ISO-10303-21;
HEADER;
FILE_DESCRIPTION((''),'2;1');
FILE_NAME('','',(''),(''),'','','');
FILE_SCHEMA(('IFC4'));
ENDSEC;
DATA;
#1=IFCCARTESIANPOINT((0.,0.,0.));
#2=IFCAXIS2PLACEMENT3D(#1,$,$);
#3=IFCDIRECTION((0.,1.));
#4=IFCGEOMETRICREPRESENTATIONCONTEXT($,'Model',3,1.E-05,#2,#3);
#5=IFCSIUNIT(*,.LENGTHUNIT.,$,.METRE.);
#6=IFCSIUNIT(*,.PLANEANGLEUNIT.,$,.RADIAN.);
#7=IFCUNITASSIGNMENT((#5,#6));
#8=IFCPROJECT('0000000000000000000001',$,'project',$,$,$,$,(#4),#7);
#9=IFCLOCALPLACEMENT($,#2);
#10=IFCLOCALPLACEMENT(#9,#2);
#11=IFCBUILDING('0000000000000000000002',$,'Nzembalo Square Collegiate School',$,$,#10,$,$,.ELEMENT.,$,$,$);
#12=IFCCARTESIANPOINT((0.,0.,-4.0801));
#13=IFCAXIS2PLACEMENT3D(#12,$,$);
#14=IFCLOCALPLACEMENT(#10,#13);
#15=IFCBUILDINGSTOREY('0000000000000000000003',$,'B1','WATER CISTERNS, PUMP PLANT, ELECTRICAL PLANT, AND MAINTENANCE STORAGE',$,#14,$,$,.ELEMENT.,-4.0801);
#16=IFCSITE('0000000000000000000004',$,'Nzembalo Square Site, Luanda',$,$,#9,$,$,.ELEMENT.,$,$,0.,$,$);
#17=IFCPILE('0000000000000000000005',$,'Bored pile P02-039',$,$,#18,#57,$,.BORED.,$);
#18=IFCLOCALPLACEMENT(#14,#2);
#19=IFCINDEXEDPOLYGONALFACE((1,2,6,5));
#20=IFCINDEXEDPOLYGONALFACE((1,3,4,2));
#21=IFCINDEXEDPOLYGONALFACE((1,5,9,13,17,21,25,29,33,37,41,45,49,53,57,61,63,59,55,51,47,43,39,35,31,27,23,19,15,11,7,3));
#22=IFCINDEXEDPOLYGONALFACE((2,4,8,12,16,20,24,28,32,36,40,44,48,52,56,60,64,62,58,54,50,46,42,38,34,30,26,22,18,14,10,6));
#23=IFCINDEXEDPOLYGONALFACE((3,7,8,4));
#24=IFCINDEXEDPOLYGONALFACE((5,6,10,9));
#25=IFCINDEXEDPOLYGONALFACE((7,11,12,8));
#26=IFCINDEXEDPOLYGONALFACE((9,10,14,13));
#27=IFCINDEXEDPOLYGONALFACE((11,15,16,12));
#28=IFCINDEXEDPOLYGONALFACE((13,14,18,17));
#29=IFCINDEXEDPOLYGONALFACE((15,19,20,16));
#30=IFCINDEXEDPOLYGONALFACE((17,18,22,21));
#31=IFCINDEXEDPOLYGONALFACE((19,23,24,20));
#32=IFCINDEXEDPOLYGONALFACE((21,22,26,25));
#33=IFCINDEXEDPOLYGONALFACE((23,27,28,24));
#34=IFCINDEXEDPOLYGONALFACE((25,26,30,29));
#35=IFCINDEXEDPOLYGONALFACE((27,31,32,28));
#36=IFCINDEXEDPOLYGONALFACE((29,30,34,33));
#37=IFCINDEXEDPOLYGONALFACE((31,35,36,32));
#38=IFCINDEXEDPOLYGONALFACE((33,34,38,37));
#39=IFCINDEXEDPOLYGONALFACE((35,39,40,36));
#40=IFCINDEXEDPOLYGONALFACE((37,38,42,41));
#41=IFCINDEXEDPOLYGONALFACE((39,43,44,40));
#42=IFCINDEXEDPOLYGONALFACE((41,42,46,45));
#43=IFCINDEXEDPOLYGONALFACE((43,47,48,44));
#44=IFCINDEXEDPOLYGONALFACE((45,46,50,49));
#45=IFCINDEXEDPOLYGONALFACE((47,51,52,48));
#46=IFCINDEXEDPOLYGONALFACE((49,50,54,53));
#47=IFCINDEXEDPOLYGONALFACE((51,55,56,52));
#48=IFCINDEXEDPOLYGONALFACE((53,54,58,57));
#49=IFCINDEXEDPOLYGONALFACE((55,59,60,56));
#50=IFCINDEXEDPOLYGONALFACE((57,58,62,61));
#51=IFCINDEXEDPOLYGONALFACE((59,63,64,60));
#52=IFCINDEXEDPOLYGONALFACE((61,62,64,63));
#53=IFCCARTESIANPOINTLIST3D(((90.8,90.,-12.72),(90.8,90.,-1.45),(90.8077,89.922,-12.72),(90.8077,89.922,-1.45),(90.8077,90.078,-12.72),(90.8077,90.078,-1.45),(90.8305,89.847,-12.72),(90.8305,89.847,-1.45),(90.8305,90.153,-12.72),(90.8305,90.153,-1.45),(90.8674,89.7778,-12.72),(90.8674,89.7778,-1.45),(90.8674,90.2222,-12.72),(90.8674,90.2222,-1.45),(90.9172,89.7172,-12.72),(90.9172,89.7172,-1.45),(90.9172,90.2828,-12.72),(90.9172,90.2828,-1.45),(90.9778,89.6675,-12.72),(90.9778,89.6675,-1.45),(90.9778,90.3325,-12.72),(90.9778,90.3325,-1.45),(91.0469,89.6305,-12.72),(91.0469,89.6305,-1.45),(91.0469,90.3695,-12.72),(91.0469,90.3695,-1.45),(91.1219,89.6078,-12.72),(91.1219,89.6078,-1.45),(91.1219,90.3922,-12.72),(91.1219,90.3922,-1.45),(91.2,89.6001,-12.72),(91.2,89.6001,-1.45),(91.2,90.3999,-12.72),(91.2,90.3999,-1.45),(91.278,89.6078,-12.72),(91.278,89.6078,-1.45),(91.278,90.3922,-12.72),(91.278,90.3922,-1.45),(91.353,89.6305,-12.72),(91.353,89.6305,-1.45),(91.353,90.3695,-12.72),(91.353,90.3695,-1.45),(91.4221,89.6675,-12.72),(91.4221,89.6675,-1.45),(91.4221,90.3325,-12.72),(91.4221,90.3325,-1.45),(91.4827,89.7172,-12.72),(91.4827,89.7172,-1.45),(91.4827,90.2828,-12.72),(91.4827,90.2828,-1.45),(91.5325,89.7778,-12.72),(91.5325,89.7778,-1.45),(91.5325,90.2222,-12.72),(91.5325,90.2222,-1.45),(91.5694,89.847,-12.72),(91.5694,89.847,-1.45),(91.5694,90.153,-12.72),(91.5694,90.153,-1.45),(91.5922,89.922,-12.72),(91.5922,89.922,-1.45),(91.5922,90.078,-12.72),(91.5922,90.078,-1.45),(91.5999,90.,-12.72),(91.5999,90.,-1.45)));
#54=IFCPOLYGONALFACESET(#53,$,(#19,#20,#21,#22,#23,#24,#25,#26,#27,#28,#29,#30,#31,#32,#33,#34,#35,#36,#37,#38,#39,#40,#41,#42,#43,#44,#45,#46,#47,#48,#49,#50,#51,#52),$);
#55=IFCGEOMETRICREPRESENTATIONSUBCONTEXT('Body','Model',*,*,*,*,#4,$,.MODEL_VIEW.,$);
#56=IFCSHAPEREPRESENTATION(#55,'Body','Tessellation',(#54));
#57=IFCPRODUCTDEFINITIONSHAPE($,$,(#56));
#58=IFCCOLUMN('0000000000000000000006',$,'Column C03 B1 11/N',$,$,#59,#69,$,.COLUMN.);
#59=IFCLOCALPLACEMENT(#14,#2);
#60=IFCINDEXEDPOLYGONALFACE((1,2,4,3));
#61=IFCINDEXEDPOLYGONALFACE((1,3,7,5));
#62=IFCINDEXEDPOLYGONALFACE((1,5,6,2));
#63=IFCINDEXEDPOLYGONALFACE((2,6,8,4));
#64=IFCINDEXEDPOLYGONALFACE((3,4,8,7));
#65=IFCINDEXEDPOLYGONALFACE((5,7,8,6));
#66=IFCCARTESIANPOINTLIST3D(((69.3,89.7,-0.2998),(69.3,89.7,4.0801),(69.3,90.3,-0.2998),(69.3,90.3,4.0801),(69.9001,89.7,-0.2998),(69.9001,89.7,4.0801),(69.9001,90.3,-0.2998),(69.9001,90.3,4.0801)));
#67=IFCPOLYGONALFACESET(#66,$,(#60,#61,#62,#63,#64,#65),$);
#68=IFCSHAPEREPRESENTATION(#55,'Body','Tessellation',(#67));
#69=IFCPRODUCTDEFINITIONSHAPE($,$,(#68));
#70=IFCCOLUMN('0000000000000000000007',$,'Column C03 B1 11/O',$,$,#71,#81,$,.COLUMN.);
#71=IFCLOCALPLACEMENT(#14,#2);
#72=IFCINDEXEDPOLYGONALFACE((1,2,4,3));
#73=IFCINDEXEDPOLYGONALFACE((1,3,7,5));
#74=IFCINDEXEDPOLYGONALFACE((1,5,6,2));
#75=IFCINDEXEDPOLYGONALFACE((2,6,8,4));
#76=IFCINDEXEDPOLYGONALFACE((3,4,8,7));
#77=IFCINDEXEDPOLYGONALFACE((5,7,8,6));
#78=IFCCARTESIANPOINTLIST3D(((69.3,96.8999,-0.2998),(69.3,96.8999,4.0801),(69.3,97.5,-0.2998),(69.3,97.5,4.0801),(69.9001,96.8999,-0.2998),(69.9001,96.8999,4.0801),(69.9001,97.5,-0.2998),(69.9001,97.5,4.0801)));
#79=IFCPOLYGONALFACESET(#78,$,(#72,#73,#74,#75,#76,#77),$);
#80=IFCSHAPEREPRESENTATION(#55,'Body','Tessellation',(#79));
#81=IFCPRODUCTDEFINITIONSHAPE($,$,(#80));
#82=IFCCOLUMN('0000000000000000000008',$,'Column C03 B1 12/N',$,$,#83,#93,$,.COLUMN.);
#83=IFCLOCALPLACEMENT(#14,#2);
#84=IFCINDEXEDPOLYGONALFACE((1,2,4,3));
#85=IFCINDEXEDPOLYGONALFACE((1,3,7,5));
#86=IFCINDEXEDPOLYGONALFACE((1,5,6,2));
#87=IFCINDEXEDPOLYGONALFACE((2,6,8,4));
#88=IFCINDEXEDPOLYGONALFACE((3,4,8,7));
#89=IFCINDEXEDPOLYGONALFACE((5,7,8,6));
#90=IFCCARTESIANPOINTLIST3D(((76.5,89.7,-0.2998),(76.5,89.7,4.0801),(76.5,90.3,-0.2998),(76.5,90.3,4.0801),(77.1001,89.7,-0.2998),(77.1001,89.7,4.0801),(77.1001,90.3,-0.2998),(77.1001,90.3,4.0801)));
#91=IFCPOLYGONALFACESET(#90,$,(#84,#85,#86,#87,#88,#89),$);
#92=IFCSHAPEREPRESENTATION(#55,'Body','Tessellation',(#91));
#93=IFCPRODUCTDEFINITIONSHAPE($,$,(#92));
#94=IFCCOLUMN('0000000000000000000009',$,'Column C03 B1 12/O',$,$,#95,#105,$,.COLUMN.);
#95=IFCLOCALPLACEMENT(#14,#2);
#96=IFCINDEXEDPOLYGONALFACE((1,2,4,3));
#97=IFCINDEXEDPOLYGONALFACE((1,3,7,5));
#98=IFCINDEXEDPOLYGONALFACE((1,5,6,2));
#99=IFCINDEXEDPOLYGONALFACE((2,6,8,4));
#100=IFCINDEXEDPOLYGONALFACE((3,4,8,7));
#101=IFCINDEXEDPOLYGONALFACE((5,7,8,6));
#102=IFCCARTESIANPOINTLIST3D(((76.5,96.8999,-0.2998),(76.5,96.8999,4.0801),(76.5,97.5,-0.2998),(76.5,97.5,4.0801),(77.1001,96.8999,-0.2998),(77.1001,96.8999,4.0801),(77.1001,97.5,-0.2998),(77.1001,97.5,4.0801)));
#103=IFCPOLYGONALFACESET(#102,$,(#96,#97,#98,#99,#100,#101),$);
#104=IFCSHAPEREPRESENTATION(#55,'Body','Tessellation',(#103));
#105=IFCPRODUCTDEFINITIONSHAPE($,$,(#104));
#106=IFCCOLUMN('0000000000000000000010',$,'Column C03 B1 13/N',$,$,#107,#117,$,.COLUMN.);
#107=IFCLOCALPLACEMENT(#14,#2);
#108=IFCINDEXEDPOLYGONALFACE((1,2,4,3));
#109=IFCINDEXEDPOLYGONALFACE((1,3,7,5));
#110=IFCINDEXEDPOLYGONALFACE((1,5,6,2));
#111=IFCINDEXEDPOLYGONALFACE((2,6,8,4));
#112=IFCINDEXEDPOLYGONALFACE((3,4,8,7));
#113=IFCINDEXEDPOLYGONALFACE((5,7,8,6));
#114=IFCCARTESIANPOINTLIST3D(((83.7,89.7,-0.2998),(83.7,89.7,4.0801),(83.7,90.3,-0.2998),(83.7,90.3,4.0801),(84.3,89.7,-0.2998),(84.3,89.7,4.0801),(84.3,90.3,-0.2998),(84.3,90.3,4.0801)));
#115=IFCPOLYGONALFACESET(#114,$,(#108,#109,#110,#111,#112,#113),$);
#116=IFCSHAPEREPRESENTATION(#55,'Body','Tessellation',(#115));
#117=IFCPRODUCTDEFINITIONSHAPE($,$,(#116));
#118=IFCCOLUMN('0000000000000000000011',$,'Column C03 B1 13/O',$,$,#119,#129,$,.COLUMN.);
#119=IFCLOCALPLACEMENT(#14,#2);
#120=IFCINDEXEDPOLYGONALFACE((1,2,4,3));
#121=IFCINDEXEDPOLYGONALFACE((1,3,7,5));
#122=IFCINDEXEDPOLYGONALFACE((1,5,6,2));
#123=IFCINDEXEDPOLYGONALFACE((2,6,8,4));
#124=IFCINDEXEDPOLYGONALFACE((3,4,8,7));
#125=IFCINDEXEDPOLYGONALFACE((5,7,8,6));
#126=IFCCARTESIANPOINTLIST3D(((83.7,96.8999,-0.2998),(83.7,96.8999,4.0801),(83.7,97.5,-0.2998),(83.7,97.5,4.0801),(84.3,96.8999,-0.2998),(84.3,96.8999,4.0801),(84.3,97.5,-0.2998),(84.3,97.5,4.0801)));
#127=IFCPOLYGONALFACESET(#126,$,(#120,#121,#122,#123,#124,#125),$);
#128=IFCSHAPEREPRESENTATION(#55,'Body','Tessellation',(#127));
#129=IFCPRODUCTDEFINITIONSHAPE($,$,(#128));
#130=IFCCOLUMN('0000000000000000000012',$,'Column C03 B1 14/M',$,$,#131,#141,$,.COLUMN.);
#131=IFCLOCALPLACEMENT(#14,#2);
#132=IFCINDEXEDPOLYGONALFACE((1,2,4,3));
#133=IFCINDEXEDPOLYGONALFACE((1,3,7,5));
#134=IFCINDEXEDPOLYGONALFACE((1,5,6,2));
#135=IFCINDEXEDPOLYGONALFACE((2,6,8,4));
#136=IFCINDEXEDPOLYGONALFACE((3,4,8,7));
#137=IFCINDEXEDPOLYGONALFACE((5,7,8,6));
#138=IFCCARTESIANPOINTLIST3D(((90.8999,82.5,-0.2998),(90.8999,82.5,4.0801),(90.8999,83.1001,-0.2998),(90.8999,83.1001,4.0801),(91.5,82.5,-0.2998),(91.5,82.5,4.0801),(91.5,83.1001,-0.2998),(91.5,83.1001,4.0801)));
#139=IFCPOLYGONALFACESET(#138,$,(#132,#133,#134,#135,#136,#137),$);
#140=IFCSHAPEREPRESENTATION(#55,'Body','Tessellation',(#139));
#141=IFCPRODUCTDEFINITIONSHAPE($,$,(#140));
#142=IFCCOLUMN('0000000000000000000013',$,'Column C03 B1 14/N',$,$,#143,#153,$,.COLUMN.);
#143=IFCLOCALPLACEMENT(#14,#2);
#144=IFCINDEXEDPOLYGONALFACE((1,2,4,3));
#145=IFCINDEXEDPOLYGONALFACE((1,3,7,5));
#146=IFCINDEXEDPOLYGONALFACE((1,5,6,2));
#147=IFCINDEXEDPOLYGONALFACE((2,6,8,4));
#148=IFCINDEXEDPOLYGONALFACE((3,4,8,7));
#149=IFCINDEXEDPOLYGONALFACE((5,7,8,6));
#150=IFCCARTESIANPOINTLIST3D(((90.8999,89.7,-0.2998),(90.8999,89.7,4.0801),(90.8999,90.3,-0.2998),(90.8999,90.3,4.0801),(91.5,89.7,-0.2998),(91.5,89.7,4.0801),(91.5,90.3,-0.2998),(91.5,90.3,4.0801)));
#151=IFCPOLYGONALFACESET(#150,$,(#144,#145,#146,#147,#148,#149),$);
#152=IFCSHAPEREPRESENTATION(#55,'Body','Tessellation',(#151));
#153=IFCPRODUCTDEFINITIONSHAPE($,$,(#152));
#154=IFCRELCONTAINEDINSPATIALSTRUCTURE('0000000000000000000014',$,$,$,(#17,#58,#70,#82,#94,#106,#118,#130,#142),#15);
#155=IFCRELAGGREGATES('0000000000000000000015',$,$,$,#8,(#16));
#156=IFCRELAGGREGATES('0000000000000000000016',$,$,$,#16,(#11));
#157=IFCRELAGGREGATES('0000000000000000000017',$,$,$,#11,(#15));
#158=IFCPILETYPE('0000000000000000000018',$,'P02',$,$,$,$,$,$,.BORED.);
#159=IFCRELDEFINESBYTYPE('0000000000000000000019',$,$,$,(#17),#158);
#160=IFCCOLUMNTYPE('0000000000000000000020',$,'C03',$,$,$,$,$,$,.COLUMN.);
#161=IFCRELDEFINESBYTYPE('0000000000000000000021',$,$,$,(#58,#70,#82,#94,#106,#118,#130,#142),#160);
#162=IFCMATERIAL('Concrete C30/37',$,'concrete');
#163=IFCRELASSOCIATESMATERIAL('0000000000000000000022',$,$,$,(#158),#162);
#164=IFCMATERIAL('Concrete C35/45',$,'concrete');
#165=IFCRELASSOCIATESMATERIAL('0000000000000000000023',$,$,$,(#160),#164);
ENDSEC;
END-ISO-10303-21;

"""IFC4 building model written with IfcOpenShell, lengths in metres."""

from ifc_helpers import new_model, si_unit, direction, frame, origin, origin_2d, place, context, subcontext, project, spatial, rectangle, circle, extrude, material, material_profile, profile_set, type_object, element, save


model = new_model("IFC4")

# Units and contexts
model_context = context("Model", 3, precision=1e-05, world=origin(), true_north=direction((0.0, 1.0)))
body_context = subcontext(model_context, "Body", "Model", "MODEL_VIEW")
ifc_project = project(units=[si_unit("LENGTHUNIT", "METRE"), si_unit("PLANEANGLEUNIT", "RADIAN")], contexts=[model_context])

# Site, building, storey
site_placement = place(None, origin())
site = spatial("IfcSite", under=ifc_project, at=site_placement, Name="Nzembalo Square Site, Luanda", CompositionType="ELEMENT", RefElevation=0.0)
building_placement = place(site_placement, origin())
building = spatial("IfcBuilding", under=site, at=building_placement, Name="Nzembalo Square Collegiate School", CompositionType="ELEMENT")
storey_placement = place(building_placement, frame((0.0, 0.0, -4.0801)))
storey = spatial("IfcBuildingStorey", under=building, at=storey_placement, Name="B1", Description="WATER CISTERNS, PUMP PLANT, ELECTRICAL PLANT, AND MAINTENANCE STORAGE", CompositionType="ELEMENT", Elevation=-4.0801)

# Pile
ifc_material_1 = material(Name="Concrete C30/37", Category="concrete")
ifc_material_profile_1 = material_profile(ifc_material_1, circle(Radius=0.3999, at=origin_2d()), Name="PILE D800")
ifc_profile_set_1 = profile_set([ifc_material_profile_1], Name="Concrete C30/37")
pile_type_1 = type_object("IfcPileType", Name="P02", PredefinedType="BORED", material=ifc_profile_set_1)
for number, where, z_axis, x_axis, name in (
    (1, (91.2, 90.0, -1.45), (0.0, 0.0, -1.0), (1.0, 0.0, 0.0), "Bored pile P02-039"),
):
    element("IfcPile", number, at=place(storey_placement, frame(where, z_axis=z_axis, x_axis=x_axis)), inside=storey, type_object=pile_type_1, Name=name, PredefinedType="BORED", context=body_context, shape_type="SweptSolid", body=[
        extrude(circle(Radius=0.3999, at=origin_2d()), origin(), (0.0, 0.0, 1.0), 11.27),
    ])

# Columns
ifc_material_2 = material(Name="Concrete C35/45", Category="concrete")
ifc_material_profile_2 = material_profile(ifc_material_2, rectangle(XDim=0.6001, YDim=0.6001, at=origin_2d()), Name="RC 600x600")
ifc_profile_set_2 = profile_set([ifc_material_profile_2], Name="Concrete C35/45")
column_type = type_object("IfcColumnType", Name="C03", PredefinedType="COLUMN", material=ifc_profile_set_2)
for number, where, z_axis, x_axis, name in (
    (2, (69.6001, 90.0, -0.2998), (0.0, 0.0, 1.0), (1.0, 0.0, 0.0), "Column C03 B1 11/N"),
    (3, (69.6001, 97.2, -0.2998), (0.0, 0.0, 1.0), (1.0, 0.0, 0.0), "Column C03 B1 11/O"),
    (4, (76.8, 90.0, -0.2998), (0.0, 0.0, 1.0), (1.0, 0.0, 0.0), "Column C03 B1 12/N"),
    (5, (76.8, 97.2, -0.2998), (0.0, 0.0, 1.0), (1.0, 0.0, 0.0), "Column C03 B1 12/O"),
    (6, (84.0, 90.0, -0.2998), (0.0, 0.0, 1.0), (1.0, 0.0, 0.0), "Column C03 B1 13/N"),
    (7, (84.0, 97.2, -0.2998), (0.0, 0.0, 1.0), (1.0, 0.0, 0.0), "Column C03 B1 13/O"),
    (8, (91.2, 82.8, -0.2998), (0.0, 0.0, 1.0), (1.0, 0.0, 0.0), "Column C03 B1 14/M"),
    (9, (91.2, 90.0, -0.2998), (0.0, 0.0, 1.0), (1.0, 0.0, 0.0), "Column C03 B1 14/N"),
):
    element("IfcColumn", number, at=place(storey_placement, frame(where, z_axis=z_axis, x_axis=x_axis)), inside=storey, type_object=column_type, Name=name, PredefinedType="COLUMN", context=body_context, shape_type="SweptSolid", body=[
        extrude(rectangle(XDim=0.6001, YDim=0.6001, at=origin_2d()), origin(), (0.0, 0.0, 1.0), 4.3799),
    ])

save(model, "model.ifc")
